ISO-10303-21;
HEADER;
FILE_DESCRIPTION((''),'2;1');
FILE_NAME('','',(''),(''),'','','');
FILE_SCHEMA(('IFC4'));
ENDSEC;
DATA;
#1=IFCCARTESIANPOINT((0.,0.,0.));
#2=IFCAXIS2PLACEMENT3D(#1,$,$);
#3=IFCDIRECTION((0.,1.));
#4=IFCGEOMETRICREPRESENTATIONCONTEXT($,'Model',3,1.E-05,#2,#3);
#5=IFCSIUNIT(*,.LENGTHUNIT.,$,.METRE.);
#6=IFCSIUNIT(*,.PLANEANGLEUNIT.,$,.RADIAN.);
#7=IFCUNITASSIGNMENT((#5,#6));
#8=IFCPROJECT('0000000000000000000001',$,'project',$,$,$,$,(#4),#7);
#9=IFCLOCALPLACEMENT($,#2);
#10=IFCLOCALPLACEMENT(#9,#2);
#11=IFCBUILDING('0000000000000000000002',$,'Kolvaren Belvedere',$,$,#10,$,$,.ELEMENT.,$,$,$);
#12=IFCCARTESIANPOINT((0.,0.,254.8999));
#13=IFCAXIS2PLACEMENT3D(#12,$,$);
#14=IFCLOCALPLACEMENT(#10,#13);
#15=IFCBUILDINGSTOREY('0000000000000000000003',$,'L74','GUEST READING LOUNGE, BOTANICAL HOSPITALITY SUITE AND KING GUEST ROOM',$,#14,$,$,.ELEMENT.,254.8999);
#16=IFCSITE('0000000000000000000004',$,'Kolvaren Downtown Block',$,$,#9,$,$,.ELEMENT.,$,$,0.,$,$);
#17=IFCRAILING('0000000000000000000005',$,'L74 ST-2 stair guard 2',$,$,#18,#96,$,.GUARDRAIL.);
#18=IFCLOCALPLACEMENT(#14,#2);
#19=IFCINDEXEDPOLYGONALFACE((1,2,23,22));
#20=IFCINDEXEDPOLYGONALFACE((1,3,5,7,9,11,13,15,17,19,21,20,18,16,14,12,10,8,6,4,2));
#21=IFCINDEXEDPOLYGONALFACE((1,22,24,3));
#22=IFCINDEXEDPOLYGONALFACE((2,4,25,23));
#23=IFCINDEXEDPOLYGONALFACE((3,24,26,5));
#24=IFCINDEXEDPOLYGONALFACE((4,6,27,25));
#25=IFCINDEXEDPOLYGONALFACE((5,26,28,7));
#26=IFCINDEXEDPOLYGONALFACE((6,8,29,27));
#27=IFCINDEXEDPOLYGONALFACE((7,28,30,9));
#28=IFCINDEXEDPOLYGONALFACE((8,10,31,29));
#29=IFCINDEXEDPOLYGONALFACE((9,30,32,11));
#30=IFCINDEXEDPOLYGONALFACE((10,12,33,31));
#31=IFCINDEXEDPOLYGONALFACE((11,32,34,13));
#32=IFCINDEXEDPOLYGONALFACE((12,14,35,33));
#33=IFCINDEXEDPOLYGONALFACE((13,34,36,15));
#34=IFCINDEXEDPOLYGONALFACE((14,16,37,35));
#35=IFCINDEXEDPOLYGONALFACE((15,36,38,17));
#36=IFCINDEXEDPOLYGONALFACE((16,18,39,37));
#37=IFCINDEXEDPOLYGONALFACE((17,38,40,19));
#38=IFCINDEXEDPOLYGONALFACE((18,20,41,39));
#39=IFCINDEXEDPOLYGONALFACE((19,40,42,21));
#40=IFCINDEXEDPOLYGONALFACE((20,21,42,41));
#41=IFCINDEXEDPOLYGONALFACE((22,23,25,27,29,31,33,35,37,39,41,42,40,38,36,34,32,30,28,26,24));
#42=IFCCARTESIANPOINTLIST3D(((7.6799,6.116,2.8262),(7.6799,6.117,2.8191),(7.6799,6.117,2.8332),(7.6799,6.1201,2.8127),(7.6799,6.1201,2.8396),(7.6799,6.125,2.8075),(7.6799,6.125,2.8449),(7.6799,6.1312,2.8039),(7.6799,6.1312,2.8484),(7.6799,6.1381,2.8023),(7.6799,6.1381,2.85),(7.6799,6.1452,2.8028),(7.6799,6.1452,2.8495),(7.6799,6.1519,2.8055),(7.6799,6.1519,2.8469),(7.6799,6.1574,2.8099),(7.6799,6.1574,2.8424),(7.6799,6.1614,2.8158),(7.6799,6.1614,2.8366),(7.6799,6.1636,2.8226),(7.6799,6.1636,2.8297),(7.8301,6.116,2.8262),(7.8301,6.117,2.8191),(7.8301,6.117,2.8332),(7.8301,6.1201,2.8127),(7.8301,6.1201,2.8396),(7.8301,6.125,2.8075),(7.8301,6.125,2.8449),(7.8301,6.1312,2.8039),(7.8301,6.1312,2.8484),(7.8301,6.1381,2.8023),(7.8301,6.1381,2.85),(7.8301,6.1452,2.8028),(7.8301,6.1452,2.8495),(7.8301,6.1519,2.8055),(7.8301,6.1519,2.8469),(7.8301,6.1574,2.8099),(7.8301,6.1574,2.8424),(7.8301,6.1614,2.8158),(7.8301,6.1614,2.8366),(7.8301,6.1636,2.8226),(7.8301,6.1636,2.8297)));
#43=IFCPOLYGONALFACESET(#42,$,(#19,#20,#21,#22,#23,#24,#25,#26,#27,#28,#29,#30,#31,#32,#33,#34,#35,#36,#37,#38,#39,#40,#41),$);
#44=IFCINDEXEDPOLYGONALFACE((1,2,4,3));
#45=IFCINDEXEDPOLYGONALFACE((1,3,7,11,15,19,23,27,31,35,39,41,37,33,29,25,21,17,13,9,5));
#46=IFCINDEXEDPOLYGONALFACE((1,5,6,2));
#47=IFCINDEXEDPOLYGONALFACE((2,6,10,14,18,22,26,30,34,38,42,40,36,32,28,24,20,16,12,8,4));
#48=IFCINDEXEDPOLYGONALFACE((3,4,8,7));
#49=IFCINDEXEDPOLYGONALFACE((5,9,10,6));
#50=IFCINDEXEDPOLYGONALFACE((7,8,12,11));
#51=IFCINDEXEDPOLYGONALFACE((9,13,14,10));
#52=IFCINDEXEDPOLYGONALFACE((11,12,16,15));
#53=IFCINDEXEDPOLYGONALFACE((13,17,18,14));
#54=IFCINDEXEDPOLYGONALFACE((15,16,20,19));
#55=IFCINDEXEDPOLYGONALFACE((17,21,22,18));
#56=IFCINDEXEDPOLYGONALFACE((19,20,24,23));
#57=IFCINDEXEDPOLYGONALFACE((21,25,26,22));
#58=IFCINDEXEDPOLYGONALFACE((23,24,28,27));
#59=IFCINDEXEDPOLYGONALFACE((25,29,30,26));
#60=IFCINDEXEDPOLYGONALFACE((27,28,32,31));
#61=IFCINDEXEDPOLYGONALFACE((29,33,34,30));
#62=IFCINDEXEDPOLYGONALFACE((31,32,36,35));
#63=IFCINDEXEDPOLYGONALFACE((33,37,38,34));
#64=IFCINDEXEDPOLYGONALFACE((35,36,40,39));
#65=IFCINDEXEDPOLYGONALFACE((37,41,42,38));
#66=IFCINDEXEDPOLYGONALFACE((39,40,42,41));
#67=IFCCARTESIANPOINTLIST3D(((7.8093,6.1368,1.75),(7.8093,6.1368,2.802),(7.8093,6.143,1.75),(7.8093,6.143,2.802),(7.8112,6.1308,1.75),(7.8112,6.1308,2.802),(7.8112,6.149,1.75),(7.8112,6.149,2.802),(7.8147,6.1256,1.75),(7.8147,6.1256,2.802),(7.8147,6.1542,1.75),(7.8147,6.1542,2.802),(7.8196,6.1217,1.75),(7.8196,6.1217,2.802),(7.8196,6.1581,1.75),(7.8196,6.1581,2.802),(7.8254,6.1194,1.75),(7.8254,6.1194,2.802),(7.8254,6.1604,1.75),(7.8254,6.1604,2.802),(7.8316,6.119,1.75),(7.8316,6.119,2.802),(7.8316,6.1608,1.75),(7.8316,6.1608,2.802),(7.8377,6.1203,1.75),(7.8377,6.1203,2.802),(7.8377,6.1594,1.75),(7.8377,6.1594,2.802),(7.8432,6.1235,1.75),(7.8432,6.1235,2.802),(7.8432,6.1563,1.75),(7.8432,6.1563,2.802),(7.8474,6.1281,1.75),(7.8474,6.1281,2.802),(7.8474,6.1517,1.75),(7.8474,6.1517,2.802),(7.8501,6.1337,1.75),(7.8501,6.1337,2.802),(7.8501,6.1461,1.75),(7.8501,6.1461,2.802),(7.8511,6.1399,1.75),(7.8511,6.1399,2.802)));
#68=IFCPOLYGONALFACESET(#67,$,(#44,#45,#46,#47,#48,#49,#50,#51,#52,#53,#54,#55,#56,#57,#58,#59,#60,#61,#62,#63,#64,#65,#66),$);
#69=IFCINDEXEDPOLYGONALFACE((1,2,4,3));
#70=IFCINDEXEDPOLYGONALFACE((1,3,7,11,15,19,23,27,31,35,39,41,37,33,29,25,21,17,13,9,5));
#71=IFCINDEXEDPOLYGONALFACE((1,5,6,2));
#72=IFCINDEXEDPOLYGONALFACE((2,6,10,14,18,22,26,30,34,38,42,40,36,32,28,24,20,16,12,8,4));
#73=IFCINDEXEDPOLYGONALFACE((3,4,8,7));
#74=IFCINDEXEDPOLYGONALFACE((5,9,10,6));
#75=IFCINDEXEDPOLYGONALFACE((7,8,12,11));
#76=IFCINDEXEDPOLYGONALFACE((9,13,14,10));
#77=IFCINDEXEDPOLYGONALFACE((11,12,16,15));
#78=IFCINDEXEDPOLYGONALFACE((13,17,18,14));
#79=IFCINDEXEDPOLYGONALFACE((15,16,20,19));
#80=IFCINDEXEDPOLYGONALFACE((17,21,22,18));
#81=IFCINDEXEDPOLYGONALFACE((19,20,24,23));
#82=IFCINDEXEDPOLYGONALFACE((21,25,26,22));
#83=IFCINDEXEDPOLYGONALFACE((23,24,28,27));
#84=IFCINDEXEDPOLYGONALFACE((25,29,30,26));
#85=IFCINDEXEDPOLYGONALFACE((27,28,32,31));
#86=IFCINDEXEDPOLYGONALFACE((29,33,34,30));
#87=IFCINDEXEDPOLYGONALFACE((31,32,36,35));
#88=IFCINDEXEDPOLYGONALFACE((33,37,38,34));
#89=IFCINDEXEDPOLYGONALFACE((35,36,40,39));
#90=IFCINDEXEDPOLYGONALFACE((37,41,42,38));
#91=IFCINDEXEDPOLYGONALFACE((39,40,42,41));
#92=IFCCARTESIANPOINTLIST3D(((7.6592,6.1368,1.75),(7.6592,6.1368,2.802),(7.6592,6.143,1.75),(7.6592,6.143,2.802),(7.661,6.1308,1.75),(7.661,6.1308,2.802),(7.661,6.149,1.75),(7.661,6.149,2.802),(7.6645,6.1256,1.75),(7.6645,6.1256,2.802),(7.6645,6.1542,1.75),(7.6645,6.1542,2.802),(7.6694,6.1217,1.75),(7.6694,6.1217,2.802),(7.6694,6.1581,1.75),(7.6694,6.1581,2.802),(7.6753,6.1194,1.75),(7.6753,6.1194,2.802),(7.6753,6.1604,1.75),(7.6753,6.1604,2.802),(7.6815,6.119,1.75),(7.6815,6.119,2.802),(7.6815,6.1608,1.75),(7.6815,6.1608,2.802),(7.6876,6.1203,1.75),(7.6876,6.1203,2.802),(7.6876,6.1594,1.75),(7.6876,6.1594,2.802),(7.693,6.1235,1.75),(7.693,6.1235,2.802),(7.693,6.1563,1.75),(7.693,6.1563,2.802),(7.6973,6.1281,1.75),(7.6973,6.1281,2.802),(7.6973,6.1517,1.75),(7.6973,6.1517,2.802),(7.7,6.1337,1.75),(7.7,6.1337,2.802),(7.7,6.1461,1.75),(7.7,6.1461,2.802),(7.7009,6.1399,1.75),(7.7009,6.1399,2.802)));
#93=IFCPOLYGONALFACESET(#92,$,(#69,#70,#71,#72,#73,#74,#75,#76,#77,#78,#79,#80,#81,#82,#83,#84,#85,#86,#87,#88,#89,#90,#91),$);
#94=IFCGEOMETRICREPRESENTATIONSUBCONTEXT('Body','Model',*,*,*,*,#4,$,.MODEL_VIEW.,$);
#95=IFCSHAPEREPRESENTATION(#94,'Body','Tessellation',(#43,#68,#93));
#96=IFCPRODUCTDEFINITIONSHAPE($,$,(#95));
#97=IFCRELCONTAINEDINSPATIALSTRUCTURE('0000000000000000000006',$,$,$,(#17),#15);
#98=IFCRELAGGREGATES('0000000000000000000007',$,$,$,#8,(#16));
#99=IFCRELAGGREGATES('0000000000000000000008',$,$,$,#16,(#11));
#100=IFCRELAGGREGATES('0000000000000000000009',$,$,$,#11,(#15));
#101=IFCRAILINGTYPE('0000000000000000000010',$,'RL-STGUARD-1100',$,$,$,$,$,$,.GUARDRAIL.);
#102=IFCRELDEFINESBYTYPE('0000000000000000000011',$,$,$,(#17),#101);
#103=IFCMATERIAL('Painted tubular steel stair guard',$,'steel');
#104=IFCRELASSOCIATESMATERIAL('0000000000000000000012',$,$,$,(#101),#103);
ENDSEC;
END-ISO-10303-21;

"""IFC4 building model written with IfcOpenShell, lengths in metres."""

from ifc_helpers import new_model, si_unit, direction, frame, origin, origin_2d, place, context, subcontext, project, spatial, circle, extrude, material, type_object, element, save


model = new_model("IFC4")

# Units and contexts
model_context = context("Model", 3, precision=1e-05, world=origin(), true_north=direction((0.0, 1.0)))
body_context = subcontext(model_context, "Body", "Model", "MODEL_VIEW")
ifc_project = project(units=[si_unit("LENGTHUNIT", "METRE"), si_unit("PLANEANGLEUNIT", "RADIAN")], contexts=[model_context])

# Site, building, storey
site_placement = place(None, origin())
site = spatial("IfcSite", under=ifc_project, at=site_placement, Name="Kolvaren Downtown Block", CompositionType="ELEMENT", RefElevation=0.0)
building_placement = place(site_placement, origin())
building = spatial("IfcBuilding", under=site, at=building_placement, Name="Kolvaren Belvedere", CompositionType="ELEMENT")
storey_placement = place(building_placement, frame((0.0, 0.0, 254.8999)))
storey = spatial("IfcBuildingStorey", under=building, at=storey_placement, Name="L74", Description="GUEST READING LOUNGE, BOTANICAL HOSPITALITY SUITE AND KING GUEST ROOM", CompositionType="ELEMENT", Elevation=254.8999)

# Railing
ifc_material_1 = material(Name="Painted tubular steel stair guard", Category="steel")
railing_type_1 = type_object("IfcRailingType", Name="RL-STGUARD-1100", PredefinedType="GUARDRAIL", material=ifc_material_1)
railing_1_placement = place(storey_placement, frame((7.8301, 6.1399, 1.75)))
element("IfcRailing", 1, at=railing_1_placement, inside=storey, type_object=railing_type_1, Name="L74 ST-2 stair guard 2", PredefinedType="GUARDRAIL", context=body_context, shape_type="SweptSolid", body=[
    extrude(circle(Radius=0.0239, at=origin_2d()), frame((0.0, 0.0, 1.0762), z_axis=(-1.0, 0.0, 0.0), x_axis=(0.0, -1.0, 0.0)), (0.0, 0.0, 1.0), 0.1501),
    extrude(circle(Radius=0.021, at=origin_2d()), origin(), (0.0, 0.0, 1.0), 1.052),
    extrude(circle(Radius=0.021, at=origin_2d()), frame((-0.1501, 0.0, 0.0)), (0.0, 0.0, 1.0), 1.052),
])

save(model, "model.ifc")
